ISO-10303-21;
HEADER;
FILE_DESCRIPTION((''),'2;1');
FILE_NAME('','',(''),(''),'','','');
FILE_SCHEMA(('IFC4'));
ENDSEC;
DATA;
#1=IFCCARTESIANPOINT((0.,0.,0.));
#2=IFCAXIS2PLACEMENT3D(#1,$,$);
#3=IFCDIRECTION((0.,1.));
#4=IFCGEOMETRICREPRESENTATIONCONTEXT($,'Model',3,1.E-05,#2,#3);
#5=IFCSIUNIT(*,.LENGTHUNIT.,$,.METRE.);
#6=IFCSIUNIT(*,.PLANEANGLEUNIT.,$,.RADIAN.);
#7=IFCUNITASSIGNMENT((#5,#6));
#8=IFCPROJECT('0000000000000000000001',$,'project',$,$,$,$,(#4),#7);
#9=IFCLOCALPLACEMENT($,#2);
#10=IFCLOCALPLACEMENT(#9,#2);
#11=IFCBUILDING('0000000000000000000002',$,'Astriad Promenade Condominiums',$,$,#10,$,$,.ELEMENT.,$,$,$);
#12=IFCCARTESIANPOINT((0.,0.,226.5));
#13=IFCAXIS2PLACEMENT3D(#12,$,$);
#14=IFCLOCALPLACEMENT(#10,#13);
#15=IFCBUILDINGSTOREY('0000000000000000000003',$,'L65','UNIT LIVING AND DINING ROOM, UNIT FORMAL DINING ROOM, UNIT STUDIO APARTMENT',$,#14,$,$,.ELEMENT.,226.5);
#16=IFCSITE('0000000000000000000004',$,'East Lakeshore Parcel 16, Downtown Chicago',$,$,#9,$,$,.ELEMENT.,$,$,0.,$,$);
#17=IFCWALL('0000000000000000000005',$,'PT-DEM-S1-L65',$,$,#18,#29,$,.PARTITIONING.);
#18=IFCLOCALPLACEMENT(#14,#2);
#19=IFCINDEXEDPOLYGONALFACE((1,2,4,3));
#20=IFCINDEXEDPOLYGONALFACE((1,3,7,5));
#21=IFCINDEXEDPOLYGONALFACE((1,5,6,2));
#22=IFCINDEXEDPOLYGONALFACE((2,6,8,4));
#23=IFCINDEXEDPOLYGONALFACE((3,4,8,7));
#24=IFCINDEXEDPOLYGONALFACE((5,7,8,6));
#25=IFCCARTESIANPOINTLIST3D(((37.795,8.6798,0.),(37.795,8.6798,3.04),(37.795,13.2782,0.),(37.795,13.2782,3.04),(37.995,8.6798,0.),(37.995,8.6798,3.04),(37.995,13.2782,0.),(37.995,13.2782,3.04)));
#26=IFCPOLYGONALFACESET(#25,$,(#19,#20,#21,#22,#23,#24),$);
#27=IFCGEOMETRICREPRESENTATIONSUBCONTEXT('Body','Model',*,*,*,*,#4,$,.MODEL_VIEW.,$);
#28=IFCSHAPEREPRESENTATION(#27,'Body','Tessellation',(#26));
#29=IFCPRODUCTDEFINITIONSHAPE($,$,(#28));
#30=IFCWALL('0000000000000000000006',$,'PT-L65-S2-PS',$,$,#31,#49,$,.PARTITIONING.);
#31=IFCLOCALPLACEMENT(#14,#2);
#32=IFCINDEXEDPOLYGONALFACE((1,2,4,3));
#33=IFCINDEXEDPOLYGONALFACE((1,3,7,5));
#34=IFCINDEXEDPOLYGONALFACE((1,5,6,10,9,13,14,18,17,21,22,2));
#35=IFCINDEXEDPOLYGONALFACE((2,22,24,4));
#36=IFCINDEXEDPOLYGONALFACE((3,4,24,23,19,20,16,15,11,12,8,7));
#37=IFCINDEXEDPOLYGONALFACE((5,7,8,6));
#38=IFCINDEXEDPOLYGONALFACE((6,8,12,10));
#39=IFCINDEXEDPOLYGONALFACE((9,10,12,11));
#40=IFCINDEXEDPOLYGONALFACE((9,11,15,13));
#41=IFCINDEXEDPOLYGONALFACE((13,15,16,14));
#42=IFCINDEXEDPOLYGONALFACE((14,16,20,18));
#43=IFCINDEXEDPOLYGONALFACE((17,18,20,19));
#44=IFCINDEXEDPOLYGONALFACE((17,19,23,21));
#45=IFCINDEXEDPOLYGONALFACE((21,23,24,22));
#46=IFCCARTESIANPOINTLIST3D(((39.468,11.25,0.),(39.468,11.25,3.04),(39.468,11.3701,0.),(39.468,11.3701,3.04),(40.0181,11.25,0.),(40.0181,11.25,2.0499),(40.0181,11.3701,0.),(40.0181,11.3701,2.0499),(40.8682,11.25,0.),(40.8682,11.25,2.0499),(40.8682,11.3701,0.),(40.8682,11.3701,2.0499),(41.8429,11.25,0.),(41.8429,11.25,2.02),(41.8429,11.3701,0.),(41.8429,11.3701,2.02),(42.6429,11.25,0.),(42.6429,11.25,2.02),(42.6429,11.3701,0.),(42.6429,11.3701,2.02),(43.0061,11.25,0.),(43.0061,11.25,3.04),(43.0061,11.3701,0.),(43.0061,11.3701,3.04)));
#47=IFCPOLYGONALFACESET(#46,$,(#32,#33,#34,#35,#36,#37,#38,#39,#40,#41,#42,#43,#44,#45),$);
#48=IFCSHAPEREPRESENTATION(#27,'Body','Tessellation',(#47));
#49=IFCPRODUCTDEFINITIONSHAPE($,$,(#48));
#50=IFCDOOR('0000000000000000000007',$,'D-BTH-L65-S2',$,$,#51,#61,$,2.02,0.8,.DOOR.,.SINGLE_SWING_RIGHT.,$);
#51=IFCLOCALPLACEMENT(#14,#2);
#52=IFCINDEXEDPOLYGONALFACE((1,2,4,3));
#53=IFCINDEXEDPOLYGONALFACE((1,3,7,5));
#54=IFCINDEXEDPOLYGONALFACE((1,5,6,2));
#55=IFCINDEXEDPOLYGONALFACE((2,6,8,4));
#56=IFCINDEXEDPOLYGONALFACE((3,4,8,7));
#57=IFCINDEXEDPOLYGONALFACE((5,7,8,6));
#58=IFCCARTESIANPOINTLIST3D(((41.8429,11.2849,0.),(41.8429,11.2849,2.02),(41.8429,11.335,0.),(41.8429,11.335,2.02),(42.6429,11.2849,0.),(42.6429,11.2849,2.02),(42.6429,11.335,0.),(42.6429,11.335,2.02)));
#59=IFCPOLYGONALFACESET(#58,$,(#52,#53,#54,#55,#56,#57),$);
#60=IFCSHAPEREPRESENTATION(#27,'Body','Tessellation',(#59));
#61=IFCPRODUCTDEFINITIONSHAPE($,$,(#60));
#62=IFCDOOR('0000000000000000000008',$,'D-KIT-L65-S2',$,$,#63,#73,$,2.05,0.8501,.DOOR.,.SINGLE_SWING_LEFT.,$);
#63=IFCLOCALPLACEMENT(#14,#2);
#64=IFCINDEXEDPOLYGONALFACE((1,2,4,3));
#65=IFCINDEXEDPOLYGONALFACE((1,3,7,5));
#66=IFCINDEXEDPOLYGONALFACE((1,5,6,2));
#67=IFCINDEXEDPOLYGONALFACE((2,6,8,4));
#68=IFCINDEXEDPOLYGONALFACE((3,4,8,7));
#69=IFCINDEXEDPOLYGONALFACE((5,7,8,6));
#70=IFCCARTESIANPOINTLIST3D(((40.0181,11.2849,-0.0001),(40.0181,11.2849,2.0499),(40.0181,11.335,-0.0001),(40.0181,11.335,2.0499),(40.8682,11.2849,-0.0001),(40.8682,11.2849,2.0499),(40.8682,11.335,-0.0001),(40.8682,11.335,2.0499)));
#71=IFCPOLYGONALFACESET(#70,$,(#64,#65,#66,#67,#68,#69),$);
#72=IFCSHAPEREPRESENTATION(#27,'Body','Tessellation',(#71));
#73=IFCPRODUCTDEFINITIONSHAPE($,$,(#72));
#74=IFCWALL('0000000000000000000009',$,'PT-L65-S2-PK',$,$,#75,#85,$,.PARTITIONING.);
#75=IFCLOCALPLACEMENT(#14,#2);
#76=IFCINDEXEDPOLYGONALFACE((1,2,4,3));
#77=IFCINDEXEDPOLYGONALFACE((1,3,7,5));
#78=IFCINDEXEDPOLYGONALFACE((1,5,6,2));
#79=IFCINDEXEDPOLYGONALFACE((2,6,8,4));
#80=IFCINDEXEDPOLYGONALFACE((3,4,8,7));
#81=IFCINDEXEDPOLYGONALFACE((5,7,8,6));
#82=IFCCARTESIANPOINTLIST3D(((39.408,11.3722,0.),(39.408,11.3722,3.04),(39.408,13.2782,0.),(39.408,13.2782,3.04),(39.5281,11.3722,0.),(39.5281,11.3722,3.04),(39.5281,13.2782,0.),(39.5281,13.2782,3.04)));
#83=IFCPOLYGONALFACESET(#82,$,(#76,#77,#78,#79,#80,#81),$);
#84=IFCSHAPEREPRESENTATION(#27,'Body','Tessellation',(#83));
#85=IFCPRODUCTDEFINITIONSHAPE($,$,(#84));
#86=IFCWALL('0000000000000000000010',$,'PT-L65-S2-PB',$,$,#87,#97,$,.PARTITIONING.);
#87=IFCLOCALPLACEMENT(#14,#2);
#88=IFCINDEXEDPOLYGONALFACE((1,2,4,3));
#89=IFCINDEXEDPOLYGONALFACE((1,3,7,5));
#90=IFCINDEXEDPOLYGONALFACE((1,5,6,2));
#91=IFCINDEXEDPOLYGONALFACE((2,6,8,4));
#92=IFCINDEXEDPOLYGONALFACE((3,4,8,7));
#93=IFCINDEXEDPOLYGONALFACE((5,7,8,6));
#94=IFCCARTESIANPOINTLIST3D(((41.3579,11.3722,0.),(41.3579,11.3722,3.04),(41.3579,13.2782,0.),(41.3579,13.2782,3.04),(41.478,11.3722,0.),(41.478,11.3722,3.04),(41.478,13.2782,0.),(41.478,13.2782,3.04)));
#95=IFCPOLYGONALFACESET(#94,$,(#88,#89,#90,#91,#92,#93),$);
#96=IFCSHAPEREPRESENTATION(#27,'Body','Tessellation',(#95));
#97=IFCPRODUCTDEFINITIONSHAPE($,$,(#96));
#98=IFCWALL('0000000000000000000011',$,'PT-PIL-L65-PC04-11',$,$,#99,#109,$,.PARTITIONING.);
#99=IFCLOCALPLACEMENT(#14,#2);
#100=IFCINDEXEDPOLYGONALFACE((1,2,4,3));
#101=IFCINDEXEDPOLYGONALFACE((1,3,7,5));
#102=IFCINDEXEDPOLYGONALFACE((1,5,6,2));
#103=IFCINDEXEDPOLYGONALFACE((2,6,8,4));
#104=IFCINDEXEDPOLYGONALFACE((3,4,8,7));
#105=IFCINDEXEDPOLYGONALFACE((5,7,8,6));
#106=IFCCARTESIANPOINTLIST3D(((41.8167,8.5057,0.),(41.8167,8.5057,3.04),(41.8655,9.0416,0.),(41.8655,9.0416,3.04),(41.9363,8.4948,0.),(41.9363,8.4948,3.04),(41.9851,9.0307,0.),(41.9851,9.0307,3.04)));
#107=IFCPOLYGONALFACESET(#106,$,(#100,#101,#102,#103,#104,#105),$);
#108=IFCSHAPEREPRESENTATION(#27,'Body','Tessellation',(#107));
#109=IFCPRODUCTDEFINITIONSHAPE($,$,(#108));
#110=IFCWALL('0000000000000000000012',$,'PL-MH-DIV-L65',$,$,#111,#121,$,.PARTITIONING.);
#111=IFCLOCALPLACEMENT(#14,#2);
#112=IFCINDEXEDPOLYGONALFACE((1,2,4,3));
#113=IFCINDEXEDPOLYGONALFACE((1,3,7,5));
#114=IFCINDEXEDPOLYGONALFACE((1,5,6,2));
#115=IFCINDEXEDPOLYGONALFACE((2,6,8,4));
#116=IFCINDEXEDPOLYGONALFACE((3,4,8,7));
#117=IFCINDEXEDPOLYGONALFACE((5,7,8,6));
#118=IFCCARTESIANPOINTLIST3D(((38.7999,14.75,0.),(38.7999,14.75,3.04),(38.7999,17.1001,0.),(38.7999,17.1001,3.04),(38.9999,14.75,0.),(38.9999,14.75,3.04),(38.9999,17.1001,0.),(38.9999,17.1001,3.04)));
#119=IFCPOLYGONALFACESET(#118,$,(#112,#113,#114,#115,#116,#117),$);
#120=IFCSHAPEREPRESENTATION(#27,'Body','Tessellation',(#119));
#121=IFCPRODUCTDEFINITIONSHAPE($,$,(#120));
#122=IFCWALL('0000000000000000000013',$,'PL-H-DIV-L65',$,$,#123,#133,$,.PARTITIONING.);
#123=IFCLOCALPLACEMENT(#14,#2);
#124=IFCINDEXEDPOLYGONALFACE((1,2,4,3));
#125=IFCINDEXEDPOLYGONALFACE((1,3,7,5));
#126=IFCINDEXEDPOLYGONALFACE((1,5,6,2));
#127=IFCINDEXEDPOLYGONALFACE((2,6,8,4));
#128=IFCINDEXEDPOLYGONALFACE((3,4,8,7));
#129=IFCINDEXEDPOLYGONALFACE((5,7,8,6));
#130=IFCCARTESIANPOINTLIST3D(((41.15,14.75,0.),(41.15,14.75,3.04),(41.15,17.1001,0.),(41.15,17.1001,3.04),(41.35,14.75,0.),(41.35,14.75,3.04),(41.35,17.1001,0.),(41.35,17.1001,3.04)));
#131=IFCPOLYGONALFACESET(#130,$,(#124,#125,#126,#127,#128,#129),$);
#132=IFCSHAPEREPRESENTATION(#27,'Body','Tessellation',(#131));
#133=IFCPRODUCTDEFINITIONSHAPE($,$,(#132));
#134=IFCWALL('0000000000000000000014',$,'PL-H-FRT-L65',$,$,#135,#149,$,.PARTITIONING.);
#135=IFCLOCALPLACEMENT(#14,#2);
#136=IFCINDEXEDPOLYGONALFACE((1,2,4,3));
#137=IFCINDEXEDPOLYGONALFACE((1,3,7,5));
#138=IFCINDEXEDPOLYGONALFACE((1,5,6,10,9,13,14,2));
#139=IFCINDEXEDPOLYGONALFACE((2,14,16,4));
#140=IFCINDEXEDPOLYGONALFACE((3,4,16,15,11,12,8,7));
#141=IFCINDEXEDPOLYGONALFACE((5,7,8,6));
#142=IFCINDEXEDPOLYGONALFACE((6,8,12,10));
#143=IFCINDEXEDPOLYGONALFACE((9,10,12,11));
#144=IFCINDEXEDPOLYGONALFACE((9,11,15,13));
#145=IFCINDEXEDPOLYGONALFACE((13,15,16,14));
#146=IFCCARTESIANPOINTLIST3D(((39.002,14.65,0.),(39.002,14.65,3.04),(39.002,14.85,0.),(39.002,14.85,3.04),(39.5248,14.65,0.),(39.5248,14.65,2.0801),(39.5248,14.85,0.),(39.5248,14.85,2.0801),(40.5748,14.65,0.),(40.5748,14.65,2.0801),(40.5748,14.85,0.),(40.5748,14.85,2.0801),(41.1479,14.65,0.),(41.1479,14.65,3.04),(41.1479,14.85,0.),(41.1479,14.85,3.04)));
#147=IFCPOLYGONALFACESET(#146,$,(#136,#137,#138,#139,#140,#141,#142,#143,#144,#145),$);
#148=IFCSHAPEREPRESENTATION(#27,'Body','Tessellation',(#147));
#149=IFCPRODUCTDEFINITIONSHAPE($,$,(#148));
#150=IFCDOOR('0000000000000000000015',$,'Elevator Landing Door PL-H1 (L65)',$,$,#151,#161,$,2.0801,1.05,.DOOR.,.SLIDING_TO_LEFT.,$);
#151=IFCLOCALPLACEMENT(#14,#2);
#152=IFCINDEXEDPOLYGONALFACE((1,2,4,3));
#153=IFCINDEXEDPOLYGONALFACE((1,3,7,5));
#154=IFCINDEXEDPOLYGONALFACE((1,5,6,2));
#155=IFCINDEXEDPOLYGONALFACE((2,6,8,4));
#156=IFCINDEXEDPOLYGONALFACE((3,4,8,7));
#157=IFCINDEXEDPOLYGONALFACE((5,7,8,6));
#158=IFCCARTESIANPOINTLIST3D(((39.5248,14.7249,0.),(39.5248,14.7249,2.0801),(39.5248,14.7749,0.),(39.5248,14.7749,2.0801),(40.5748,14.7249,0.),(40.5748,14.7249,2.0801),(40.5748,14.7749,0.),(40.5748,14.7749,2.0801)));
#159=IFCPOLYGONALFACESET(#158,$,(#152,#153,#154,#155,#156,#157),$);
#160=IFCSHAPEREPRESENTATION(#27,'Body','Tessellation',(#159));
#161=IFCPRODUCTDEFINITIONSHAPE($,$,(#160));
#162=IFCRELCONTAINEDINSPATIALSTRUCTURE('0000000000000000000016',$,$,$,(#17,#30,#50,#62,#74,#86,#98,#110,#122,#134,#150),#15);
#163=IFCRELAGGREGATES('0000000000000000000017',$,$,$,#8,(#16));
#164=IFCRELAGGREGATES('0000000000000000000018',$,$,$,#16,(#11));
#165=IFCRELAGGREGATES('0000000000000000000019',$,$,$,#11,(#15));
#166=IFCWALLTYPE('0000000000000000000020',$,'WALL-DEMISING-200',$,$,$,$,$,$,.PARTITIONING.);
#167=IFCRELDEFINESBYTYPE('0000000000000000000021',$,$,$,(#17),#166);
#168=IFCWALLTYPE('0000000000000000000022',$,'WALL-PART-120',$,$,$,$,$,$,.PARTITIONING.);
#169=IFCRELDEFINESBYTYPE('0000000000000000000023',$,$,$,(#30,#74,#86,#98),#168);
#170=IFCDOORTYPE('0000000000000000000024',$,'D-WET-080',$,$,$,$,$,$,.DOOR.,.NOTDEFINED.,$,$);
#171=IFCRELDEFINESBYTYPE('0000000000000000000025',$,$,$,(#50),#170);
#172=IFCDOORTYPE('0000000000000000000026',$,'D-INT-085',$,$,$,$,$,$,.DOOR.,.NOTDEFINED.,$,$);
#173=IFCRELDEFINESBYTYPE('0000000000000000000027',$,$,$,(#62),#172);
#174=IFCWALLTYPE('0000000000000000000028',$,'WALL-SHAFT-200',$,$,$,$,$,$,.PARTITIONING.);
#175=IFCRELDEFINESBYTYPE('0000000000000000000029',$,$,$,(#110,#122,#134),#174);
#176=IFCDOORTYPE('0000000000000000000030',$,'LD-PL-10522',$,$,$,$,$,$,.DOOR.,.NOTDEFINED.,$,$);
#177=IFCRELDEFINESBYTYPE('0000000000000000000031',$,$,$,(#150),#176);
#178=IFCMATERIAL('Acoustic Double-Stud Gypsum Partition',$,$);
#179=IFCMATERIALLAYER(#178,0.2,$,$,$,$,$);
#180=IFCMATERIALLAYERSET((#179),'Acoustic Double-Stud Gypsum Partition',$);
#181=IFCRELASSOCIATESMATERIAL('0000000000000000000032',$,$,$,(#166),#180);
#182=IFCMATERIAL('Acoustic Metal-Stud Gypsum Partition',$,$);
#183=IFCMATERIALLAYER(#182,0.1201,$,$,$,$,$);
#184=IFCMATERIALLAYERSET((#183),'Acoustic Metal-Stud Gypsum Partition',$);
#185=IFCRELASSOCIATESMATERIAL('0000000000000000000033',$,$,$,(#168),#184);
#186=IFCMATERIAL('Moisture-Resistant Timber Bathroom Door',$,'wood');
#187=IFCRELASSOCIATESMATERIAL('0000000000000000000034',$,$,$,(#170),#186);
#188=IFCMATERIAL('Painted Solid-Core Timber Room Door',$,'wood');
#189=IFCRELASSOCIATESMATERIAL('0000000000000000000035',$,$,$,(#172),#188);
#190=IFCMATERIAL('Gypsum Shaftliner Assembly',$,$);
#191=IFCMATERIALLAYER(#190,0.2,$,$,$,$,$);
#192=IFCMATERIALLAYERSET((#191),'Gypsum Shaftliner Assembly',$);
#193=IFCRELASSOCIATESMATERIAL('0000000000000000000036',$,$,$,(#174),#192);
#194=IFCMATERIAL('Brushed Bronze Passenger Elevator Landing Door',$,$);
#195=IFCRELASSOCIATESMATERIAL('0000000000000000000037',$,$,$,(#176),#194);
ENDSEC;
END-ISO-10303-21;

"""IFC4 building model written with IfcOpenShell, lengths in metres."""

from ifc_helpers import new_model, si_unit, direction, frame, frame_2d, origin, place, context, subcontext, project, spatial, rectangle, extrude, source, transform, mapped, material, layer, layer_set, type_object, type_shapes, element, fill, save


model = new_model("IFC4")

# Units and contexts
model_context = context("Model", 3, precision=1e-05, world=origin(), true_north=direction((0.0, 1.0)))
body_context = subcontext(model_context, "Body", "Model", "MODEL_VIEW")
ifc_project = project(units=[si_unit("LENGTHUNIT", "METRE"), si_unit("PLANEANGLEUNIT", "RADIAN")], contexts=[model_context])

# Site, building, storey
site_placement = place(None, origin())
site = spatial("IfcSite", under=ifc_project, at=site_placement, Name="East Lakeshore Parcel 16, Downtown Chicago", CompositionType="ELEMENT", RefElevation=0.0)
building_placement = place(site_placement, origin())
building = spatial("IfcBuilding", under=site, at=building_placement, Name="Astriad Promenade Condominiums", CompositionType="ELEMENT")
storey_placement = place(building_placement, frame((0.0, 0.0, 226.5)))
storey = spatial("IfcBuildingStorey", under=building, at=storey_placement, Name="L65", Description="UNIT LIVING AND DINING ROOM, UNIT FORMAL DINING ROOM, UNIT STUDIO APARTMENT", CompositionType="ELEMENT", Elevation=226.5)

# Wall
ifc_material_1 = material(Name="Acoustic Double-Stud Gypsum Partition")
ifc_layer_1 = layer(ifc_material_1, 0.2)
ifc_layer_set_1 = layer_set([ifc_layer_1], Name="Acoustic Double-Stud Gypsum Partition")
wall_type_1 = type_object("IfcWallType", Name="WALL-DEMISING-200", PredefinedType="PARTITIONING", material=ifc_layer_set_1)
wall_1_placement = place(storey_placement, frame((37.895, 8.6797, 0.0), z_axis=(0.0, 0.0, 1.0), x_axis=(0.0, 1.0, 0.0)))
element("IfcWall", 1, at=wall_1_placement, inside=storey, type_object=wall_type_1, Name="PT-DEM-S1-L65", PredefinedType="PARTITIONING", context=body_context, shape_type="SweptSolid", body=[
    extrude(rectangle(XDim=4.5984, YDim=0.2, at=frame_2d((2.2993, 0.0))), origin(), (0.0, 0.0, 1.0), 3.04),
])

# Wall, openings, doors
ifc_material_2 = material(Name="Acoustic Metal-Stud Gypsum Partition")
ifc_layer_2 = layer(ifc_material_2, 0.1201)
ifc_layer_set_2 = layer_set([ifc_layer_2], Name="Acoustic Metal-Stud Gypsum Partition")
wall_type_2 = type_object("IfcWallType", Name="WALL-PART-120", PredefinedType="PARTITIONING", material=ifc_layer_set_2)
wall_2_placement = place(storey_placement, frame((39.468, 11.3101, 0.0), z_axis=(0.0, 0.0, 1.0), x_axis=(1.0, 0.0, 0.0)))
wall_2 = element("IfcWall", 2, at=wall_2_placement, inside=storey, type_object=wall_type_2, Name="PT-L65-S2-PS", PredefinedType="PARTITIONING", context=body_context, shape_type="SweptSolid", body=[
    extrude(rectangle(XDim=3.5381, YDim=0.1201, at=frame_2d((1.769, 0.0))), origin(), (0.0, 0.0, 1.0), 3.04),
])
opening_1_placement = place(wall_2_placement, frame((0.55, 0.0, 0.0)))
opening_1 = element("IfcOpeningElement", 3, at=opening_1_placement, cuts=wall_2, PredefinedType="OPENING", context=body_context, shape_type="SweptSolid", body=[
    extrude(rectangle(XDim=0.8501, YDim=2.05, at=frame_2d((0.425, 1.0249))), frame((0.0, 0.0701, 0.0), z_axis=(0.0, -1.0, 0.0), x_axis=(1.0, 0.0, 0.0)), (0.0, 0.0, 1.0), 0.1401),
])
opening_2_placement = place(wall_2_placement, frame((2.375, 0.0, 0.0)))
opening_2 = element("IfcOpeningElement", 4, at=opening_2_placement, cuts=wall_2, PredefinedType="OPENING", context=body_context, shape_type="SweptSolid", body=[
    extrude(rectangle(XDim=0.8, YDim=2.02, at=frame_2d((0.3999, 1.01))), frame((0.0, 0.0701, 0.0), z_axis=(0.0, -1.0, 0.0), x_axis=(1.0, 0.0, 0.0)), (0.0, 0.0, 1.0), 0.1401),
])
ifc_material_3 = material(Name="Moisture-Resistant Timber Bathroom Door", Category="wood")
door_type_1 = type_object("IfcDoorType", Name="D-WET-080", OperationType="NOTDEFINED", PredefinedType="DOOR", material=ifc_material_3)
shared_shape_1 = source(origin(), body_context, "Body", "SweptSolid", [
    extrude(rectangle(XDim=0.8, YDim=2.02, at=frame_2d((0.3999, 1.01))), frame((0.0, 0.0249, 0.0), z_axis=(0.0, -1.0, 0.0), x_axis=(1.0, 0.0, 0.0)), (0.0, 0.0, 1.0), 0.05),
])
type_shapes(door_type_1, [shared_shape_1])
door_1_placement = place(opening_2_placement, origin())
door_1 = element("IfcDoor", 5, at=door_1_placement, inside=storey, type_object=door_type_1, Name="D-BTH-L65-S2", OperationType="SINGLE_SWING_RIGHT", OverallHeight=2.02, OverallWidth=0.8, PredefinedType="DOOR", context=body_context, shape_type="MappedRepresentation", body=[
    mapped(shared_shape_1, transform((0.0, 0.0, 0.0), scale=1.0)),
])
fill(opening_2, door_1)
ifc_material_4 = material(Name="Painted Solid-Core Timber Room Door", Category="wood")
door_type_2 = type_object("IfcDoorType", Name="D-INT-085", OperationType="NOTDEFINED", PredefinedType="DOOR", material=ifc_material_4)
shared_shape_2 = source(origin(), body_context, "Body", "SweptSolid", [
    extrude(rectangle(XDim=0.8501, YDim=2.05, at=frame_2d((0.425, 1.0249))), frame((0.0, 0.0249, 0.0), z_axis=(0.0, -1.0, 0.0), x_axis=(1.0, 0.0, 0.0)), (0.0, 0.0, 1.0), 0.05),
])
type_shapes(door_type_2, [shared_shape_2])
door_2_placement = place(opening_1_placement, origin())
door_2 = element("IfcDoor", 6, at=door_2_placement, inside=storey, type_object=door_type_2, Name="D-KIT-L65-S2", OperationType="SINGLE_SWING_LEFT", OverallHeight=2.05, OverallWidth=0.8501, PredefinedType="DOOR", context=body_context, shape_type="MappedRepresentation", body=[
    mapped(shared_shape_2, transform((0.0, 0.0, 0.0), scale=1.0)),
])
fill(opening_1, door_2)

# Walls
for number, where, z_axis, x_axis, name in (
    (7, (39.468, 11.3721, 0.0), (0.0, 0.0, 1.0), (0.0, 1.0, 0.0), "PT-L65-S2-PK"),
    (8, (41.418, 11.3721, 0.0), (0.0, 0.0, 1.0), (0.0, 1.0, 0.0), "PT-L65-S2-PB"),
):
    element("IfcWall", number, at=place(storey_placement, frame(where, z_axis=z_axis, x_axis=x_axis)), inside=storey, type_object=wall_type_2, Name=name, PredefinedType="PARTITIONING", context=body_context, shape_type="SweptSolid", body=[
        extrude(rectangle(XDim=1.906, YDim=0.1201, at=frame_2d((0.9531, 0.0))), origin(), (0.0, 0.0, 1.0), 3.04),
    ])
wall_3_placement = place(storey_placement, frame((41.9253, 9.0361, 0.0), z_axis=(0.0, 0.0, 1.0), x_axis=(-0.09074, -0.995875, 0.0)))
element("IfcWall", 9, at=wall_3_placement, inside=storey, type_object=wall_type_2, Name="PT-PIL-L65-PC04-11", PredefinedType="PARTITIONING", context=body_context, shape_type="SweptSolid", body=[
    extrude(rectangle(XDim=0.5381, YDim=0.1201, at=frame_2d((0.269, 0.0))), origin(), (0.0, 0.0, 1.0), 3.04),
])
ifc_material_5 = material(Name="Gypsum Shaftliner Assembly")
ifc_layer_3 = layer(ifc_material_5, 0.2)
ifc_layer_set_3 = layer_set([ifc_layer_3], Name="Gypsum Shaftliner Assembly")
wall_type_3 = type_object("IfcWallType", Name="WALL-SHAFT-200", PredefinedType="PARTITIONING", material=ifc_layer_set_3)
for number, where, z_axis, x_axis, name in (
    (10, (38.8999, 14.75, 0.0), (0.0, 0.0, 1.0), (0.0, 1.0, 0.0), "PL-MH-DIV-L65"),
    (11, (41.25, 14.75, 0.0), (0.0, 0.0, 1.0), (0.0, 1.0, 0.0), "PL-H-DIV-L65"),
):
    element("IfcWall", number, at=place(storey_placement, frame(where, z_axis=z_axis, x_axis=x_axis)), inside=storey, type_object=wall_type_3, Name=name, PredefinedType="PARTITIONING", context=body_context, shape_type="SweptSolid", body=[
        extrude(rectangle(XDim=2.3501, YDim=0.2, at=frame_2d((1.175, 0.0))), origin(), (0.0, 0.0, 1.0), 3.04),
    ])

# Wall, opening, door
wall_4_placement = place(storey_placement, frame((39.002, 14.75, 0.0), z_axis=(0.0, 0.0, 1.0), x_axis=(1.0, 0.0, 0.0)))
wall_4 = element("IfcWall", 12, at=wall_4_placement, inside=storey, type_object=wall_type_3, Name="PL-H-FRT-L65", PredefinedType="PARTITIONING", context=body_context, shape_type="SweptSolid", body=[
    extrude(rectangle(XDim=2.146, YDim=0.2, at=frame_2d((1.073, 0.0))), origin(), (0.0, 0.0, 1.0), 3.04),
])
opening_3_placement = place(wall_4_placement, frame((0.5229, 0.0, 0.0)))
opening_3 = element("IfcOpeningElement", 13, at=opening_3_placement, cuts=wall_4, PredefinedType="OPENING", context=body_context, shape_type="SweptSolid", body=[
    extrude(rectangle(XDim=1.05, YDim=2.0801, at=frame_2d((0.5249, 1.04))), frame((0.0, 0.1099, 0.0), z_axis=(0.0, -1.0, 0.0), x_axis=(1.0, 0.0, 0.0)), (0.0, 0.0, 1.0), 0.22),
])
ifc_material_6 = material(Name="Brushed Bronze Passenger Elevator Landing Door")
door_type_3 = type_object("IfcDoorType", Name="LD-PL-10522", OperationType="NOTDEFINED", PredefinedType="DOOR", material=ifc_material_6)
shared_shape_3 = source(origin(), body_context, "Body", "SweptSolid", [
    extrude(rectangle(XDim=1.05, YDim=2.0801, at=frame_2d((0.5249, 1.04))), frame((0.0, 0.0249, 0.0), z_axis=(0.0, -1.0, 0.0), x_axis=(1.0, 0.0, 0.0)), (0.0, 0.0, 1.0), 0.05),
])
type_shapes(door_type_3, [shared_shape_3])
door_3_placement = place(opening_3_placement, origin())
door_3 = element("IfcDoor", 14, at=door_3_placement, inside=storey, type_object=door_type_3, Name="Elevator Landing Door PL-H1 (L65)", OperationType="SLIDING_TO_LEFT", OverallHeight=2.0801, OverallWidth=1.05, PredefinedType="DOOR", context=body_context, shape_type="MappedRepresentation", body=[
    mapped(shared_shape_3, transform((0.0, 0.0, 0.0), scale=1.0)),
])
fill(opening_3, door_3)

save(model, "model.ifc")
